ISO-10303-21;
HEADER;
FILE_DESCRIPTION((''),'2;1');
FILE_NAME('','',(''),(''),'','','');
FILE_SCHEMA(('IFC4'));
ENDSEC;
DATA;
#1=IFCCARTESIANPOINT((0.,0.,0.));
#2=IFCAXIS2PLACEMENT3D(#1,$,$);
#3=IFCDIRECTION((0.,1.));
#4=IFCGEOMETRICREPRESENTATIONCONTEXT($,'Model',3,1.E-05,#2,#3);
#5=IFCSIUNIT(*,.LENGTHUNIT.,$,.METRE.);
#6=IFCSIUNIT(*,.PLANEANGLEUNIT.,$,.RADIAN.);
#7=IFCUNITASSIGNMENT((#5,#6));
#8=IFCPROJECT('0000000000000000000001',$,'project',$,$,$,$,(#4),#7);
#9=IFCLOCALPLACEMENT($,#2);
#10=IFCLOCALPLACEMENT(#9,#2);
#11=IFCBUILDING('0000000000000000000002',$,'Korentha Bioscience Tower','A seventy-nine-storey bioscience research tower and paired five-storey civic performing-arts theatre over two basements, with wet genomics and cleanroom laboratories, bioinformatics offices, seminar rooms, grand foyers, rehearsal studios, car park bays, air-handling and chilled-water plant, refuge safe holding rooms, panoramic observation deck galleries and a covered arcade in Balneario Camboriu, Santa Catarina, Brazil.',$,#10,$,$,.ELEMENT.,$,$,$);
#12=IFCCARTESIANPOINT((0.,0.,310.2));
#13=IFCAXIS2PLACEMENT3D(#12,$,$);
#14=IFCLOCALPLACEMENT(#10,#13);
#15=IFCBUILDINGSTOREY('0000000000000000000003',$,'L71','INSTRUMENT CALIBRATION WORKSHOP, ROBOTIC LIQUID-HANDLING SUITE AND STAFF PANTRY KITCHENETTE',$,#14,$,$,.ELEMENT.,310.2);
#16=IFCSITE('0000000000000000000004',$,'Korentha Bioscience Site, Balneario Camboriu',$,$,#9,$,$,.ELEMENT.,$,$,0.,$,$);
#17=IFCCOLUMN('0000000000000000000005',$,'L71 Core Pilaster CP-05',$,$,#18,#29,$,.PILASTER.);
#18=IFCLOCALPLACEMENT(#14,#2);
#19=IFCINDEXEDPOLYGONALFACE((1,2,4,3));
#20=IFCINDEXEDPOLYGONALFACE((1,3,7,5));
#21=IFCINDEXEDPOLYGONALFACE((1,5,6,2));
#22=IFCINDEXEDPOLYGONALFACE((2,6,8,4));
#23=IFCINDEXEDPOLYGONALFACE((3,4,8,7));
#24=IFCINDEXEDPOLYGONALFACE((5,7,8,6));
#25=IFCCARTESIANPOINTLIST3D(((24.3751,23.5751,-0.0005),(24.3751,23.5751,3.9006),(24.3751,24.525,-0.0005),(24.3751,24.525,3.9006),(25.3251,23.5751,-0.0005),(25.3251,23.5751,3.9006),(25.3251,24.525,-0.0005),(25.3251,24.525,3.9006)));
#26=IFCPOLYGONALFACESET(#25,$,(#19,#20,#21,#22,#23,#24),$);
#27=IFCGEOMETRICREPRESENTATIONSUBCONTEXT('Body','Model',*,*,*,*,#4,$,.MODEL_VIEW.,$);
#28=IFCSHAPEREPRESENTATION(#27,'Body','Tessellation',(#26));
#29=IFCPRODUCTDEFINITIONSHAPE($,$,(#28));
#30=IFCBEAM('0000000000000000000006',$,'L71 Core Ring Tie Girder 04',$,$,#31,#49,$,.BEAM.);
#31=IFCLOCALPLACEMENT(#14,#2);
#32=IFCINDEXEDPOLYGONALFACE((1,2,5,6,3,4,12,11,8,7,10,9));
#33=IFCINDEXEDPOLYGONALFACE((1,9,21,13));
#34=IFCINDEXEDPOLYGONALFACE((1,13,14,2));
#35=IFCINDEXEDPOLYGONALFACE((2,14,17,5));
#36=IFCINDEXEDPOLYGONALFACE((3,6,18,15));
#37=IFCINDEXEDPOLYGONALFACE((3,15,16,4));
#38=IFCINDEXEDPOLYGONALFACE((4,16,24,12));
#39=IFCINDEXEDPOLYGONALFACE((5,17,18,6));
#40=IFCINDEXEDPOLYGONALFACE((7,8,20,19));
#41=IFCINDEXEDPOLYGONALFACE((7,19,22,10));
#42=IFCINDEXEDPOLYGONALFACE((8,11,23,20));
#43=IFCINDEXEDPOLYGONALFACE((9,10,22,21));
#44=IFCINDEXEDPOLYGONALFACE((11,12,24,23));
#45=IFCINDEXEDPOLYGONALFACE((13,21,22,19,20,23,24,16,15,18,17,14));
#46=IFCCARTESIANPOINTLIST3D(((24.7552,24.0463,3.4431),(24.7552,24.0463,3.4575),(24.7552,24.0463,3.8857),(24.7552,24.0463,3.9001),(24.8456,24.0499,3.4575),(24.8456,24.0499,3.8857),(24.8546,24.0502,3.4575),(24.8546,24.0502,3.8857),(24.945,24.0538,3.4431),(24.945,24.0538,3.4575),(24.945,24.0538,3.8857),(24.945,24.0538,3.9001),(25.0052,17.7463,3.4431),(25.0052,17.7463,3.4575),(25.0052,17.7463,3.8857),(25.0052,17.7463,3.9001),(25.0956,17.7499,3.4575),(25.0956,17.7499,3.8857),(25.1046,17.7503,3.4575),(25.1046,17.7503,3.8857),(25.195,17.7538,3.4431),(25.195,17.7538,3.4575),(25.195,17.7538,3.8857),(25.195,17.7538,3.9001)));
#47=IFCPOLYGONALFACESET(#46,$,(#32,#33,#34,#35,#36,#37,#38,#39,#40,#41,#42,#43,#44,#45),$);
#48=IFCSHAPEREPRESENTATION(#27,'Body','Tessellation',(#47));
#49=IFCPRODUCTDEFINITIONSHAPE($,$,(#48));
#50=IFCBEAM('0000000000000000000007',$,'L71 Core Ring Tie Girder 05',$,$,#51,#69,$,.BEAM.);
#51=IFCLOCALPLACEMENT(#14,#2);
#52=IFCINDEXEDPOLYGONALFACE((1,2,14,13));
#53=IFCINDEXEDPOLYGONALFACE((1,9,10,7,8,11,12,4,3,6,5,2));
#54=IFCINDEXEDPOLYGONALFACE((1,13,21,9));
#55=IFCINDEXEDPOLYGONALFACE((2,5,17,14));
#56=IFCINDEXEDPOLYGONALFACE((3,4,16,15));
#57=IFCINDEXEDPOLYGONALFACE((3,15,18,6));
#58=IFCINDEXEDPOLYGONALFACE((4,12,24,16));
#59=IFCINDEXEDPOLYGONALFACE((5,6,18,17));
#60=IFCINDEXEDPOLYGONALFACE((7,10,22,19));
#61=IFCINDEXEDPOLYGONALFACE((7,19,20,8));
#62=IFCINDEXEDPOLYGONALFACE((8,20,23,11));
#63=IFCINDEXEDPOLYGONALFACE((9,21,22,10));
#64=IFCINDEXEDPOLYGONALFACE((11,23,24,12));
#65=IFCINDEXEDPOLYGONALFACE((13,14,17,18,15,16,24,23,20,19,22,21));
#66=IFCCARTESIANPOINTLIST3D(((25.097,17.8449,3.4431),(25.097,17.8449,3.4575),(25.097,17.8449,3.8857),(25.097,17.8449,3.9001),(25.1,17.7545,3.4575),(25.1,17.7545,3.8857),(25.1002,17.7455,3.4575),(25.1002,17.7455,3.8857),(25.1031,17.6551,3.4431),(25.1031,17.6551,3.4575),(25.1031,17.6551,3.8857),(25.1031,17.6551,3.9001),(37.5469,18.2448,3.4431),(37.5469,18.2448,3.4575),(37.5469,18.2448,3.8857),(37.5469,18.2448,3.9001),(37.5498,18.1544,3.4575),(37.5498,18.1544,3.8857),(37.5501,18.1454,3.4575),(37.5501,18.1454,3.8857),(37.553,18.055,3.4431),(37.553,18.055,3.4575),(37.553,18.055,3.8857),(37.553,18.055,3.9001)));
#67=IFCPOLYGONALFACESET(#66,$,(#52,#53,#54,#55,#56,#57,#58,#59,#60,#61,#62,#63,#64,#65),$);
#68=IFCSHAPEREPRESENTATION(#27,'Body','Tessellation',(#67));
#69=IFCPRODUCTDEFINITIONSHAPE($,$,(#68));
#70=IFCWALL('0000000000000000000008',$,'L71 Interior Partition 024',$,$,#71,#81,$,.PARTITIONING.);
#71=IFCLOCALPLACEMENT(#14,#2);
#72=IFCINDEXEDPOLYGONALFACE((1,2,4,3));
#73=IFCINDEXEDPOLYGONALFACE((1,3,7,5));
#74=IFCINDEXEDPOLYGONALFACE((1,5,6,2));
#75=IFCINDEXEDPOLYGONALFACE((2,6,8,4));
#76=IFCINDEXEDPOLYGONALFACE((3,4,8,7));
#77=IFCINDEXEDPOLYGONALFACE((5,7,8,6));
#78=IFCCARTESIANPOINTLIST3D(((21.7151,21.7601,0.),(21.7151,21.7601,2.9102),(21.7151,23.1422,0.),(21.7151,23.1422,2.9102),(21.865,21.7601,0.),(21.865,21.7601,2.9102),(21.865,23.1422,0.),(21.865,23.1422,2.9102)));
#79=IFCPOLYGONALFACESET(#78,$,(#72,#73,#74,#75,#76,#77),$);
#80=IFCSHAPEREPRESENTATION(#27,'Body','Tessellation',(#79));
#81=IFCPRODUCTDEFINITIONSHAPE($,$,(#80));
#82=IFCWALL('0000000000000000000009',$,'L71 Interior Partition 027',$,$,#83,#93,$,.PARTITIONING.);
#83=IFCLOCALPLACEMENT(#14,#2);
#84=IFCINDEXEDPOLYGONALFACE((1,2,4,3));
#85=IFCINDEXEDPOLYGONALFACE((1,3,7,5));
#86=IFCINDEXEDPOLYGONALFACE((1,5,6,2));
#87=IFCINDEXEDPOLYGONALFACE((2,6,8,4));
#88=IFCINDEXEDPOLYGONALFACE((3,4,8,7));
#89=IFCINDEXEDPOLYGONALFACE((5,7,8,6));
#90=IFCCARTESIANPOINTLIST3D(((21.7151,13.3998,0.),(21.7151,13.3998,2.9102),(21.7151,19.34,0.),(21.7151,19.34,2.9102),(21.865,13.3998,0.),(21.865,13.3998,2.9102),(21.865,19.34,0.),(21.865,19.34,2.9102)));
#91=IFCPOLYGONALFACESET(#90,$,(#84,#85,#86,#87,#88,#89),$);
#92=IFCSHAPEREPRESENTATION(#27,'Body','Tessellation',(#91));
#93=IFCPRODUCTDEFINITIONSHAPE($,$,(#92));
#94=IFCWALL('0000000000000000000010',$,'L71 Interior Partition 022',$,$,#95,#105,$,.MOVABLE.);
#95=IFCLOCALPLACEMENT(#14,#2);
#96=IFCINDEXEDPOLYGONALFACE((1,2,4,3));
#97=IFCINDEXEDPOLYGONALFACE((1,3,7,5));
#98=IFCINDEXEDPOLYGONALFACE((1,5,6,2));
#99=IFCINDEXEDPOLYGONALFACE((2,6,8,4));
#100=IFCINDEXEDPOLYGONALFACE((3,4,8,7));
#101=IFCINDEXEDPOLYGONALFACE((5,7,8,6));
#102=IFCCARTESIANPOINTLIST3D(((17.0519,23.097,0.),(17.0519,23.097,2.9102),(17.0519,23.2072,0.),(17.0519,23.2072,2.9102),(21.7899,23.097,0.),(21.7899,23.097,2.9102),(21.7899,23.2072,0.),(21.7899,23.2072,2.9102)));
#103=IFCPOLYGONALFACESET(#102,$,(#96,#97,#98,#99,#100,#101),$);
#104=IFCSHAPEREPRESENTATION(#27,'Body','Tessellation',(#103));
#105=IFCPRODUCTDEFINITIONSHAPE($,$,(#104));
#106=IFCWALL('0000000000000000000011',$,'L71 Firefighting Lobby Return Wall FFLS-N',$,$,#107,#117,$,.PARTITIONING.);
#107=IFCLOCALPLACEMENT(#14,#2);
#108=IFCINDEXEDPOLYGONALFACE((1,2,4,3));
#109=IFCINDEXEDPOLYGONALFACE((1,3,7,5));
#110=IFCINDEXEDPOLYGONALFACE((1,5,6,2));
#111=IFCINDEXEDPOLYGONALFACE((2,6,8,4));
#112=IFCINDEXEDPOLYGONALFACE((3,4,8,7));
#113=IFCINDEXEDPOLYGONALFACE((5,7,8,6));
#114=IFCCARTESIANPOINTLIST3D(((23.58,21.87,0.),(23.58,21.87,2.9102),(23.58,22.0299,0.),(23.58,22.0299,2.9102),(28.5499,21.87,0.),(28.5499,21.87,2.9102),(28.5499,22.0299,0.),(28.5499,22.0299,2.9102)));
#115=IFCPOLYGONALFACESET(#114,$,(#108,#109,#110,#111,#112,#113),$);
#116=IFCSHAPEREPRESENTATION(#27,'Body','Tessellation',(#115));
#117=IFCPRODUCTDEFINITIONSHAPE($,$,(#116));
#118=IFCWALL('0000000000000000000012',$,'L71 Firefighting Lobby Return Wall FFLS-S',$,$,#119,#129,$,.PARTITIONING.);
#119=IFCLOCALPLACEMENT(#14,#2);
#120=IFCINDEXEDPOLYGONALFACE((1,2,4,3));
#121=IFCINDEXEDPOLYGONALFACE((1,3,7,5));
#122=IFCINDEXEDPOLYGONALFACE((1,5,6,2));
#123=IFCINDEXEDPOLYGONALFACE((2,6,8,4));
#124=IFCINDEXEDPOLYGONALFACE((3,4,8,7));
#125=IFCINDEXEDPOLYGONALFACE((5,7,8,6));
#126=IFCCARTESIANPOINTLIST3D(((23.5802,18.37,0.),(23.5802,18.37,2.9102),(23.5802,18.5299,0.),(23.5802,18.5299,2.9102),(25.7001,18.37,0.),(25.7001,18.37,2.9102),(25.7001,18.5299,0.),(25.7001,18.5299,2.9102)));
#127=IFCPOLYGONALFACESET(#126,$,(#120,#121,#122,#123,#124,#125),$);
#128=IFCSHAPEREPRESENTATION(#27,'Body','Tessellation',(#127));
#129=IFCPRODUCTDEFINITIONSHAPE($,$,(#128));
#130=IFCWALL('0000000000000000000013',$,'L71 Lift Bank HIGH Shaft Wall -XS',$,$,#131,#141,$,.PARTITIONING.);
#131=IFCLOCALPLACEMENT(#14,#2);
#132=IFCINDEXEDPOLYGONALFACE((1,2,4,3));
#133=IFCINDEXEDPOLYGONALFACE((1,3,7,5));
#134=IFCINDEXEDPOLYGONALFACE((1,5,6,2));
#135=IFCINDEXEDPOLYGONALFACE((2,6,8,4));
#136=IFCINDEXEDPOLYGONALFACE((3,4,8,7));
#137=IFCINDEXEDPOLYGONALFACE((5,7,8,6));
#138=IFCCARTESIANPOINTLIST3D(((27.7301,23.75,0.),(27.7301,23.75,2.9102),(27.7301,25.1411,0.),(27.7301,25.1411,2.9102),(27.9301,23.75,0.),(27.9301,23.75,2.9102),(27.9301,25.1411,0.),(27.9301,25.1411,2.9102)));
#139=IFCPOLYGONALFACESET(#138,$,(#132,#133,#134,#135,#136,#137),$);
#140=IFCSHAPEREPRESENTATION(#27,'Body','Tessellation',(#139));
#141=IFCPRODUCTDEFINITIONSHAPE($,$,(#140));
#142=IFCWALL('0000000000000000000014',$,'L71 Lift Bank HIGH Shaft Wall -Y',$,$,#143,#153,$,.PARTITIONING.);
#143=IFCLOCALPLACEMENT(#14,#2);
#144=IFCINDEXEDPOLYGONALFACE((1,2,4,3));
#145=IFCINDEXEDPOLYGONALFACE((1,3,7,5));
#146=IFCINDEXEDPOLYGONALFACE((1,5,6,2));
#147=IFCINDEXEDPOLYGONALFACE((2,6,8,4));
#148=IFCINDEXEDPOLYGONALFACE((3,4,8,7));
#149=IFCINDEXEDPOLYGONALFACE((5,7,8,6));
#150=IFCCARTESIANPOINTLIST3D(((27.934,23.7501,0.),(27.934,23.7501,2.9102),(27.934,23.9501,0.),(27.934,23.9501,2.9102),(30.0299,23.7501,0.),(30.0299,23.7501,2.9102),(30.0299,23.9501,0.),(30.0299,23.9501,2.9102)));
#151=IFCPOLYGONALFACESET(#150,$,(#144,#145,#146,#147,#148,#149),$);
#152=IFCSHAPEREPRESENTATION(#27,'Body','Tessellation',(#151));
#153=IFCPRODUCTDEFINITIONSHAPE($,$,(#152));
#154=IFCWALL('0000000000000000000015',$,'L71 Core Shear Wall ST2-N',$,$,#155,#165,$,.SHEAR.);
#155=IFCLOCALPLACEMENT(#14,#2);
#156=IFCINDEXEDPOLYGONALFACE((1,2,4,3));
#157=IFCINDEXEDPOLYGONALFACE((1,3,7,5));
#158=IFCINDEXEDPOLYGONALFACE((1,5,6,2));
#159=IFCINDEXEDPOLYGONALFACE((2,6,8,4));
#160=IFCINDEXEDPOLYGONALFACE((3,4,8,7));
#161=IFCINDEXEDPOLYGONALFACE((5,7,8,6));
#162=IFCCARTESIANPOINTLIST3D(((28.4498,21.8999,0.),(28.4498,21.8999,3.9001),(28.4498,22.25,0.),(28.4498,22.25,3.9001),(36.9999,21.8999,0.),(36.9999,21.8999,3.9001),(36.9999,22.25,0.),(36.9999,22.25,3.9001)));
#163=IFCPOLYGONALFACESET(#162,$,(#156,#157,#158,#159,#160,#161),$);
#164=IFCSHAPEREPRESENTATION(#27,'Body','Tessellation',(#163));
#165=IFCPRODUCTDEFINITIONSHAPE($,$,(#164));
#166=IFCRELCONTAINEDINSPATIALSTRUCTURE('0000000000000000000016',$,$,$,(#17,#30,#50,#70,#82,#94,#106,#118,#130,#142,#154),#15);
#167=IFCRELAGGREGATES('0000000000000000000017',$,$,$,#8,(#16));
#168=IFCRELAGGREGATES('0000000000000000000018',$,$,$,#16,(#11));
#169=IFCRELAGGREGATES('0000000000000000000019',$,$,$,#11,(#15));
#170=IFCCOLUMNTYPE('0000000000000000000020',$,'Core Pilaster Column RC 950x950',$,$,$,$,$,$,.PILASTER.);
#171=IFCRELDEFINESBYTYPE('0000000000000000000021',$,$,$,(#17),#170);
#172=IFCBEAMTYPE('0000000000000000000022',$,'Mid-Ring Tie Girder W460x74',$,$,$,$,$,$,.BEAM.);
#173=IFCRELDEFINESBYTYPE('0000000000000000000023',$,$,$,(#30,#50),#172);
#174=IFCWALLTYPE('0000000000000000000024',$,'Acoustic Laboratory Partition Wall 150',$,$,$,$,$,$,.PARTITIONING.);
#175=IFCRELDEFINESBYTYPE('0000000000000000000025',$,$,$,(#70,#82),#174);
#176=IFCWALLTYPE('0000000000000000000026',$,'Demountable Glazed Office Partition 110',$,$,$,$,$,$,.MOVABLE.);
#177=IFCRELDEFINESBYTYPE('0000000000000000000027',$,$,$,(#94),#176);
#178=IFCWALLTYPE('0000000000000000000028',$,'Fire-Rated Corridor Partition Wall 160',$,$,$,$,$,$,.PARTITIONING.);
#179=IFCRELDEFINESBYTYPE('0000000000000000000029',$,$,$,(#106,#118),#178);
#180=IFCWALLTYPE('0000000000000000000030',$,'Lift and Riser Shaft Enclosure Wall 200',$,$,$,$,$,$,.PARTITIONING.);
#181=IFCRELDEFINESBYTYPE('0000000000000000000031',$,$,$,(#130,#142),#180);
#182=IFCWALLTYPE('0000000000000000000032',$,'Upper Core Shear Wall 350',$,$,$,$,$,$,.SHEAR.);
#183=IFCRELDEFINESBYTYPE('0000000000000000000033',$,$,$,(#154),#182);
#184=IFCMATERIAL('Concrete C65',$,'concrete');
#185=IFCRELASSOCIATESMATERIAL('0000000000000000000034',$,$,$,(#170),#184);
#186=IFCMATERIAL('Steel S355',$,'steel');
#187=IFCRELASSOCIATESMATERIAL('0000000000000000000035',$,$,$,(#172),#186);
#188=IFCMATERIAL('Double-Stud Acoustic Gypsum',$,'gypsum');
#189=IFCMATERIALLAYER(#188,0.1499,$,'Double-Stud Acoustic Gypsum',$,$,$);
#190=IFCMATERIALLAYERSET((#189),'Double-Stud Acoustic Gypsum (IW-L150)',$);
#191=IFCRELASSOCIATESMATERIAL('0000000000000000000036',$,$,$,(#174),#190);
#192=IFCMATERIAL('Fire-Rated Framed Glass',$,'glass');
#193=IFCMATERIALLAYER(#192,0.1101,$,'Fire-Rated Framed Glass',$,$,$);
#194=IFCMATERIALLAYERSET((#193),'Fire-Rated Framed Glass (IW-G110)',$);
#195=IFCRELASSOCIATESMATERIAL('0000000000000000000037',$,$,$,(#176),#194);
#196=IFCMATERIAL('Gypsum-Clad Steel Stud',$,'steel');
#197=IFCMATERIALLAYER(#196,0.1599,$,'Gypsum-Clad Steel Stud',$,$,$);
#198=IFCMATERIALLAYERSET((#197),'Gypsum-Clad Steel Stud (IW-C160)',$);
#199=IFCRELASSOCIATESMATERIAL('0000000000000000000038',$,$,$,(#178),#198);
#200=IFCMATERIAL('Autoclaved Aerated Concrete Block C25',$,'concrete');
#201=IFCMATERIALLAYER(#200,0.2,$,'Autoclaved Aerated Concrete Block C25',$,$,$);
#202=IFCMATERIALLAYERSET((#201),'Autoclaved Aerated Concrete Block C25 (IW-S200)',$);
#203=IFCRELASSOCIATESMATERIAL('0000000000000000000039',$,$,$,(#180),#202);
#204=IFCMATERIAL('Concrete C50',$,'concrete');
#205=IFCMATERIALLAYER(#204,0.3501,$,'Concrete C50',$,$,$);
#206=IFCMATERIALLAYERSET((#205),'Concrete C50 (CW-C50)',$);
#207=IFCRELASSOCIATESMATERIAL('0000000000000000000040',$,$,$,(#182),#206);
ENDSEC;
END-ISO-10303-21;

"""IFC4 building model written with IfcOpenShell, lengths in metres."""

from ifc_helpers import new_model, si_unit, direction, frame, frame_2d, origin, origin_2d, place, context, subcontext, project, spatial, rectangle, i_section, extrude, material, layer, layer_set, material_profile, profile_set, type_object, element, save


model = new_model("IFC4")

# Units and contexts
model_context = context("Model", 3, precision=1e-05, world=origin(), true_north=direction((0.0, 1.0)))
body_context = subcontext(model_context, "Body", "Model", "MODEL_VIEW")
ifc_project = project(units=[si_unit("LENGTHUNIT", "METRE"), si_unit("PLANEANGLEUNIT", "RADIAN")], contexts=[model_context])

# Site, building, storey
site_placement = place(None, origin())
site = spatial("IfcSite", under=ifc_project, at=site_placement, Name="Korentha Bioscience Site, Balneario Camboriu", CompositionType="ELEMENT", RefElevation=0.0)
building_placement = place(site_placement, origin())
building = spatial("IfcBuilding", under=site, at=building_placement, Name="Korentha Bioscience Tower", Description="A seventy-nine-storey bioscience research tower and paired five-storey civic performing-arts theatre over two basements, with wet genomics and cleanroom laboratories, bioinformatics offices, seminar rooms, grand foyers, rehearsal studios, car park bays, air-handling and chilled-water plant, refuge safe holding rooms, panoramic observation deck galleries and a covered arcade in Balneario Camboriu, Santa Catarina, Brazil.", CompositionType="ELEMENT")
storey_placement = place(building_placement, frame((0.0, 0.0, 310.2)))
storey = spatial("IfcBuildingStorey", under=building, at=storey_placement, Name="L71", Description="INSTRUMENT CALIBRATION WORKSHOP, ROBOTIC LIQUID-HANDLING SUITE AND STAFF PANTRY KITCHENETTE", CompositionType="ELEMENT", Elevation=310.2)

# Column
ifc_material_1 = material(Name="Concrete C65", Category="concrete")
ifc_material_profile_1 = material_profile(ifc_material_1, rectangle(XDim=0.95, YDim=0.95, at=origin_2d()), Name="Concrete C65")
ifc_profile_set_1 = profile_set([ifc_material_profile_1], Name="Concrete C65 (COL-CP09)")
column_type = type_object("IfcColumnType", Name="Core Pilaster Column RC 950x950", PredefinedType="PILASTER", material=ifc_profile_set_1)
column_placement = place(storey_placement, frame((24.8501, 24.05, -0.0005), z_axis=(0.0, 0.0, 1.0), x_axis=(1.0, 0.0, 0.0)))
element("IfcColumn", 1, at=column_placement, inside=storey, type_object=column_type, Name="L71 Core Pilaster CP-05", PredefinedType="PILASTER", context=body_context, shape_type="SweptSolid", body=[
    extrude(rectangle(XDim=0.95, YDim=0.95, at=origin_2d()), origin(), (0.0, 0.0, 1.0), 3.9011),
])

# Beams
ifc_material_2 = material(Name="Steel S355", Category="steel")
ifc_material_profile_2 = material_profile(ifc_material_2, i_section(OverallWidth=0.1899, OverallDepth=0.457, WebThickness=0.009, FlangeThickness=0.0144, at=origin_2d()), Name="Steel S355")
ifc_profile_set_2 = profile_set([ifc_material_profile_2], Name="Steel S355 (MB-460)")
beam_type = type_object("IfcBeamType", Name="Mid-Ring Tie Girder W460x74", PredefinedType="BEAM", material=ifc_profile_set_2)
beam_1_placement = place(storey_placement, frame((24.8501, 24.05, 3.6716), z_axis=(0.039651, -0.999214, 0.0), x_axis=(0.999214, 0.039651, 0.0)))
element("IfcBeam", 2, at=beam_1_placement, inside=storey, type_object=beam_type, Name="L71 Core Ring Tie Girder 04", PredefinedType="BEAM", context=body_context, shape_type="SweptSolid", body=[
    extrude(i_section(OverallWidth=0.1899, OverallDepth=0.457, WebThickness=0.009, FlangeThickness=0.0144, at=origin_2d()), origin(), (0.0, 0.0, 1.0), 6.3049),
])
beam_2_placement = place(storey_placement, frame((25.1001, 17.75, 3.6716), z_axis=(0.999485, 0.032104, 0.0), x_axis=(-0.032104, 0.999485, 0.0)))
element("IfcBeam", 3, at=beam_2_placement, inside=storey, type_object=beam_type, Name="L71 Core Ring Tie Girder 05", PredefinedType="BEAM", context=body_context, shape_type="SweptSolid", body=[
    extrude(i_section(OverallWidth=0.1899, OverallDepth=0.457, WebThickness=0.009, FlangeThickness=0.0144, at=origin_2d()), origin(), (0.0, 0.0, 1.0), 12.4563),
])

# Shared definitions
ifc_material_3 = material(Name="Double-Stud Acoustic Gypsum", Category="gypsum")
ifc_layer_1 = layer(ifc_material_3, 0.1499, Name="Double-Stud Acoustic Gypsum")
ifc_layer_set_1 = layer_set([ifc_layer_1], Name="Double-Stud Acoustic Gypsum (IW-L150)")
wall_type_1 = type_object("IfcWallType", Name="Acoustic Laboratory Partition Wall 150", PredefinedType="PARTITIONING", material=ifc_layer_set_1)

# Walls
wall_1_placement = place(storey_placement, frame((21.79, 23.1421, 0.0), z_axis=(0.0, 0.0, 1.0), x_axis=(0.0, -1.0, 0.0)))
element("IfcWall", 4, at=wall_1_placement, inside=storey, type_object=wall_type_1, Name="L71 Interior Partition 024", PredefinedType="PARTITIONING", context=body_context, shape_type="SweptSolid", body=[
    extrude(rectangle(XDim=1.3821, YDim=0.1499, at=frame_2d((0.6909, 0.0))), origin(), (0.0, 0.0, 1.0), 2.9102),
])
wall_2_placement = place(storey_placement, frame((21.79, 19.3401, 0.0), z_axis=(0.0, 0.0, 1.0), x_axis=(0.0, -1.0, 0.0)))
element("IfcWall", 5, at=wall_2_placement, inside=storey, type_object=wall_type_1, Name="L71 Interior Partition 027", PredefinedType="PARTITIONING", context=body_context, shape_type="SweptSolid", body=[
    extrude(rectangle(XDim=5.9402, YDim=0.1499, at=frame_2d((2.9702, 0.0))), origin(), (0.0, 0.0, 1.0), 2.9102),
])

# Shared definitions
ifc_material_4 = material(Name="Fire-Rated Framed Glass", Category="glass")
ifc_layer_2 = layer(ifc_material_4, 0.1101, Name="Fire-Rated Framed Glass")
ifc_layer_set_2 = layer_set([ifc_layer_2], Name="Fire-Rated Framed Glass (IW-G110)")
wall_type_2 = type_object("IfcWallType", Name="Demountable Glazed Office Partition 110", PredefinedType="MOVABLE", material=ifc_layer_set_2)

# Wall
wall_3_placement = place(storey_placement, frame((21.79, 23.1521, 0.0), z_axis=(0.0, 0.0, 1.0), x_axis=(-1.0, 0.0, 0.0)))
element("IfcWall", 6, at=wall_3_placement, inside=storey, type_object=wall_type_2, Name="L71 Interior Partition 022", PredefinedType="MOVABLE", context=body_context, shape_type="SweptSolid", body=[
    extrude(rectangle(XDim=4.738, YDim=0.1101, at=frame_2d((2.3691, 0.0))), origin(), (0.0, 0.0, 1.0), 2.9102),
])

# Shared definitions
ifc_material_5 = material(Name="Gypsum-Clad Steel Stud", Category="steel")
ifc_layer_3 = layer(ifc_material_5, 0.1599, Name="Gypsum-Clad Steel Stud")
ifc_layer_set_3 = layer_set([ifc_layer_3], Name="Gypsum-Clad Steel Stud (IW-C160)")
wall_type_3 = type_object("IfcWallType", Name="Fire-Rated Corridor Partition Wall 160", PredefinedType="PARTITIONING", material=ifc_layer_set_3)

# Walls
wall_4_placement = place(storey_placement, frame((23.5801, 21.95, 0.0), z_axis=(0.0, 0.0, 1.0), x_axis=(1.0, 0.0, 0.0)))
element("IfcWall", 7, at=wall_4_placement, inside=storey, type_object=wall_type_3, Name="L71 Firefighting Lobby Return Wall FFLS-N", PredefinedType="PARTITIONING", context=body_context, shape_type="SweptSolid", body=[
    extrude(rectangle(XDim=4.97, YDim=0.1599, at=frame_2d((2.4849, 0.0))), origin(), (0.0, 0.0, 1.0), 2.9102),
])
wall_5_placement = place(storey_placement, frame((23.5801, 18.45, 0.0), z_axis=(0.0, 0.0, 1.0), x_axis=(1.0, 0.0, 0.0)))
element("IfcWall", 8, at=wall_5_placement, inside=storey, type_object=wall_type_3, Name="L71 Firefighting Lobby Return Wall FFLS-S", PredefinedType="PARTITIONING", context=body_context, shape_type="SweptSolid", body=[
    extrude(rectangle(XDim=2.1199, YDim=0.1599, at=frame_2d((1.0601, 0.0))), origin(), (0.0, 0.0, 1.0), 2.9102),
])
ifc_material_6 = material(Name="Autoclaved Aerated Concrete Block C25", Category="concrete")
ifc_layer_4 = layer(ifc_material_6, 0.2, Name="Autoclaved Aerated Concrete Block C25")
ifc_layer_set_4 = layer_set([ifc_layer_4], Name="Autoclaved Aerated Concrete Block C25 (IW-S200)")
wall_type_4 = type_object("IfcWallType", Name="Lift and Riser Shaft Enclosure Wall 200", PredefinedType="PARTITIONING", material=ifc_layer_set_4)
wall_6_placement = place(storey_placement, frame((27.8301, 23.75, 0.0), z_axis=(0.0, 0.0, 1.0), x_axis=(0.0, 1.0, 0.0)))
element("IfcWall", 9, at=wall_6_placement, inside=storey, type_object=wall_type_4, Name="L71 Lift Bank HIGH Shaft Wall -XS", PredefinedType="PARTITIONING", context=body_context, shape_type="SweptSolid", body=[
    extrude(rectangle(XDim=1.3911, YDim=0.2, at=frame_2d((0.6956, 0.0))), origin(), (0.0, 0.0, 1.0), 2.9102),
])
wall_7_placement = place(storey_placement, frame((27.9341, 23.8501, 0.0), z_axis=(0.0, 0.0, 1.0), x_axis=(1.0, 0.0, 0.0)))
element("IfcWall", 10, at=wall_7_placement, inside=storey, type_object=wall_type_4, Name="L71 Lift Bank HIGH Shaft Wall -Y", PredefinedType="PARTITIONING", context=body_context, shape_type="SweptSolid", body=[
    extrude(rectangle(XDim=2.0959, YDim=0.2, at=frame_2d((1.0479, 0.0))), origin(), (0.0, 0.0, 1.0), 2.9102),
])
ifc_material_7 = material(Name="Concrete C50", Category="concrete")
ifc_layer_5 = layer(ifc_material_7, 0.3501, Name="Concrete C50")
ifc_layer_set_5 = layer_set([ifc_layer_5], Name="Concrete C50 (CW-C50)")
wall_type_5 = type_object("IfcWallType", Name="Upper Core Shear Wall 350", PredefinedType="SHEAR", material=ifc_layer_set_5)
wall_8_placement = place(storey_placement, frame((28.45, 22.075, 0.0), z_axis=(0.0, 0.0, 1.0), x_axis=(1.0, 0.0, 0.0)))
element("IfcWall", 11, at=wall_8_placement, inside=storey, type_object=wall_type_5, Name="L71 Core Shear Wall ST2-N", PredefinedType="SHEAR", context=body_context, shape_type="SweptSolid", body=[
    extrude(rectangle(XDim=8.55, YDim=0.3501, at=frame_2d((4.2749, 0.0))), origin(), (0.0, 0.0, 1.0), 3.9001),
])

save(model, "model.ifc")
